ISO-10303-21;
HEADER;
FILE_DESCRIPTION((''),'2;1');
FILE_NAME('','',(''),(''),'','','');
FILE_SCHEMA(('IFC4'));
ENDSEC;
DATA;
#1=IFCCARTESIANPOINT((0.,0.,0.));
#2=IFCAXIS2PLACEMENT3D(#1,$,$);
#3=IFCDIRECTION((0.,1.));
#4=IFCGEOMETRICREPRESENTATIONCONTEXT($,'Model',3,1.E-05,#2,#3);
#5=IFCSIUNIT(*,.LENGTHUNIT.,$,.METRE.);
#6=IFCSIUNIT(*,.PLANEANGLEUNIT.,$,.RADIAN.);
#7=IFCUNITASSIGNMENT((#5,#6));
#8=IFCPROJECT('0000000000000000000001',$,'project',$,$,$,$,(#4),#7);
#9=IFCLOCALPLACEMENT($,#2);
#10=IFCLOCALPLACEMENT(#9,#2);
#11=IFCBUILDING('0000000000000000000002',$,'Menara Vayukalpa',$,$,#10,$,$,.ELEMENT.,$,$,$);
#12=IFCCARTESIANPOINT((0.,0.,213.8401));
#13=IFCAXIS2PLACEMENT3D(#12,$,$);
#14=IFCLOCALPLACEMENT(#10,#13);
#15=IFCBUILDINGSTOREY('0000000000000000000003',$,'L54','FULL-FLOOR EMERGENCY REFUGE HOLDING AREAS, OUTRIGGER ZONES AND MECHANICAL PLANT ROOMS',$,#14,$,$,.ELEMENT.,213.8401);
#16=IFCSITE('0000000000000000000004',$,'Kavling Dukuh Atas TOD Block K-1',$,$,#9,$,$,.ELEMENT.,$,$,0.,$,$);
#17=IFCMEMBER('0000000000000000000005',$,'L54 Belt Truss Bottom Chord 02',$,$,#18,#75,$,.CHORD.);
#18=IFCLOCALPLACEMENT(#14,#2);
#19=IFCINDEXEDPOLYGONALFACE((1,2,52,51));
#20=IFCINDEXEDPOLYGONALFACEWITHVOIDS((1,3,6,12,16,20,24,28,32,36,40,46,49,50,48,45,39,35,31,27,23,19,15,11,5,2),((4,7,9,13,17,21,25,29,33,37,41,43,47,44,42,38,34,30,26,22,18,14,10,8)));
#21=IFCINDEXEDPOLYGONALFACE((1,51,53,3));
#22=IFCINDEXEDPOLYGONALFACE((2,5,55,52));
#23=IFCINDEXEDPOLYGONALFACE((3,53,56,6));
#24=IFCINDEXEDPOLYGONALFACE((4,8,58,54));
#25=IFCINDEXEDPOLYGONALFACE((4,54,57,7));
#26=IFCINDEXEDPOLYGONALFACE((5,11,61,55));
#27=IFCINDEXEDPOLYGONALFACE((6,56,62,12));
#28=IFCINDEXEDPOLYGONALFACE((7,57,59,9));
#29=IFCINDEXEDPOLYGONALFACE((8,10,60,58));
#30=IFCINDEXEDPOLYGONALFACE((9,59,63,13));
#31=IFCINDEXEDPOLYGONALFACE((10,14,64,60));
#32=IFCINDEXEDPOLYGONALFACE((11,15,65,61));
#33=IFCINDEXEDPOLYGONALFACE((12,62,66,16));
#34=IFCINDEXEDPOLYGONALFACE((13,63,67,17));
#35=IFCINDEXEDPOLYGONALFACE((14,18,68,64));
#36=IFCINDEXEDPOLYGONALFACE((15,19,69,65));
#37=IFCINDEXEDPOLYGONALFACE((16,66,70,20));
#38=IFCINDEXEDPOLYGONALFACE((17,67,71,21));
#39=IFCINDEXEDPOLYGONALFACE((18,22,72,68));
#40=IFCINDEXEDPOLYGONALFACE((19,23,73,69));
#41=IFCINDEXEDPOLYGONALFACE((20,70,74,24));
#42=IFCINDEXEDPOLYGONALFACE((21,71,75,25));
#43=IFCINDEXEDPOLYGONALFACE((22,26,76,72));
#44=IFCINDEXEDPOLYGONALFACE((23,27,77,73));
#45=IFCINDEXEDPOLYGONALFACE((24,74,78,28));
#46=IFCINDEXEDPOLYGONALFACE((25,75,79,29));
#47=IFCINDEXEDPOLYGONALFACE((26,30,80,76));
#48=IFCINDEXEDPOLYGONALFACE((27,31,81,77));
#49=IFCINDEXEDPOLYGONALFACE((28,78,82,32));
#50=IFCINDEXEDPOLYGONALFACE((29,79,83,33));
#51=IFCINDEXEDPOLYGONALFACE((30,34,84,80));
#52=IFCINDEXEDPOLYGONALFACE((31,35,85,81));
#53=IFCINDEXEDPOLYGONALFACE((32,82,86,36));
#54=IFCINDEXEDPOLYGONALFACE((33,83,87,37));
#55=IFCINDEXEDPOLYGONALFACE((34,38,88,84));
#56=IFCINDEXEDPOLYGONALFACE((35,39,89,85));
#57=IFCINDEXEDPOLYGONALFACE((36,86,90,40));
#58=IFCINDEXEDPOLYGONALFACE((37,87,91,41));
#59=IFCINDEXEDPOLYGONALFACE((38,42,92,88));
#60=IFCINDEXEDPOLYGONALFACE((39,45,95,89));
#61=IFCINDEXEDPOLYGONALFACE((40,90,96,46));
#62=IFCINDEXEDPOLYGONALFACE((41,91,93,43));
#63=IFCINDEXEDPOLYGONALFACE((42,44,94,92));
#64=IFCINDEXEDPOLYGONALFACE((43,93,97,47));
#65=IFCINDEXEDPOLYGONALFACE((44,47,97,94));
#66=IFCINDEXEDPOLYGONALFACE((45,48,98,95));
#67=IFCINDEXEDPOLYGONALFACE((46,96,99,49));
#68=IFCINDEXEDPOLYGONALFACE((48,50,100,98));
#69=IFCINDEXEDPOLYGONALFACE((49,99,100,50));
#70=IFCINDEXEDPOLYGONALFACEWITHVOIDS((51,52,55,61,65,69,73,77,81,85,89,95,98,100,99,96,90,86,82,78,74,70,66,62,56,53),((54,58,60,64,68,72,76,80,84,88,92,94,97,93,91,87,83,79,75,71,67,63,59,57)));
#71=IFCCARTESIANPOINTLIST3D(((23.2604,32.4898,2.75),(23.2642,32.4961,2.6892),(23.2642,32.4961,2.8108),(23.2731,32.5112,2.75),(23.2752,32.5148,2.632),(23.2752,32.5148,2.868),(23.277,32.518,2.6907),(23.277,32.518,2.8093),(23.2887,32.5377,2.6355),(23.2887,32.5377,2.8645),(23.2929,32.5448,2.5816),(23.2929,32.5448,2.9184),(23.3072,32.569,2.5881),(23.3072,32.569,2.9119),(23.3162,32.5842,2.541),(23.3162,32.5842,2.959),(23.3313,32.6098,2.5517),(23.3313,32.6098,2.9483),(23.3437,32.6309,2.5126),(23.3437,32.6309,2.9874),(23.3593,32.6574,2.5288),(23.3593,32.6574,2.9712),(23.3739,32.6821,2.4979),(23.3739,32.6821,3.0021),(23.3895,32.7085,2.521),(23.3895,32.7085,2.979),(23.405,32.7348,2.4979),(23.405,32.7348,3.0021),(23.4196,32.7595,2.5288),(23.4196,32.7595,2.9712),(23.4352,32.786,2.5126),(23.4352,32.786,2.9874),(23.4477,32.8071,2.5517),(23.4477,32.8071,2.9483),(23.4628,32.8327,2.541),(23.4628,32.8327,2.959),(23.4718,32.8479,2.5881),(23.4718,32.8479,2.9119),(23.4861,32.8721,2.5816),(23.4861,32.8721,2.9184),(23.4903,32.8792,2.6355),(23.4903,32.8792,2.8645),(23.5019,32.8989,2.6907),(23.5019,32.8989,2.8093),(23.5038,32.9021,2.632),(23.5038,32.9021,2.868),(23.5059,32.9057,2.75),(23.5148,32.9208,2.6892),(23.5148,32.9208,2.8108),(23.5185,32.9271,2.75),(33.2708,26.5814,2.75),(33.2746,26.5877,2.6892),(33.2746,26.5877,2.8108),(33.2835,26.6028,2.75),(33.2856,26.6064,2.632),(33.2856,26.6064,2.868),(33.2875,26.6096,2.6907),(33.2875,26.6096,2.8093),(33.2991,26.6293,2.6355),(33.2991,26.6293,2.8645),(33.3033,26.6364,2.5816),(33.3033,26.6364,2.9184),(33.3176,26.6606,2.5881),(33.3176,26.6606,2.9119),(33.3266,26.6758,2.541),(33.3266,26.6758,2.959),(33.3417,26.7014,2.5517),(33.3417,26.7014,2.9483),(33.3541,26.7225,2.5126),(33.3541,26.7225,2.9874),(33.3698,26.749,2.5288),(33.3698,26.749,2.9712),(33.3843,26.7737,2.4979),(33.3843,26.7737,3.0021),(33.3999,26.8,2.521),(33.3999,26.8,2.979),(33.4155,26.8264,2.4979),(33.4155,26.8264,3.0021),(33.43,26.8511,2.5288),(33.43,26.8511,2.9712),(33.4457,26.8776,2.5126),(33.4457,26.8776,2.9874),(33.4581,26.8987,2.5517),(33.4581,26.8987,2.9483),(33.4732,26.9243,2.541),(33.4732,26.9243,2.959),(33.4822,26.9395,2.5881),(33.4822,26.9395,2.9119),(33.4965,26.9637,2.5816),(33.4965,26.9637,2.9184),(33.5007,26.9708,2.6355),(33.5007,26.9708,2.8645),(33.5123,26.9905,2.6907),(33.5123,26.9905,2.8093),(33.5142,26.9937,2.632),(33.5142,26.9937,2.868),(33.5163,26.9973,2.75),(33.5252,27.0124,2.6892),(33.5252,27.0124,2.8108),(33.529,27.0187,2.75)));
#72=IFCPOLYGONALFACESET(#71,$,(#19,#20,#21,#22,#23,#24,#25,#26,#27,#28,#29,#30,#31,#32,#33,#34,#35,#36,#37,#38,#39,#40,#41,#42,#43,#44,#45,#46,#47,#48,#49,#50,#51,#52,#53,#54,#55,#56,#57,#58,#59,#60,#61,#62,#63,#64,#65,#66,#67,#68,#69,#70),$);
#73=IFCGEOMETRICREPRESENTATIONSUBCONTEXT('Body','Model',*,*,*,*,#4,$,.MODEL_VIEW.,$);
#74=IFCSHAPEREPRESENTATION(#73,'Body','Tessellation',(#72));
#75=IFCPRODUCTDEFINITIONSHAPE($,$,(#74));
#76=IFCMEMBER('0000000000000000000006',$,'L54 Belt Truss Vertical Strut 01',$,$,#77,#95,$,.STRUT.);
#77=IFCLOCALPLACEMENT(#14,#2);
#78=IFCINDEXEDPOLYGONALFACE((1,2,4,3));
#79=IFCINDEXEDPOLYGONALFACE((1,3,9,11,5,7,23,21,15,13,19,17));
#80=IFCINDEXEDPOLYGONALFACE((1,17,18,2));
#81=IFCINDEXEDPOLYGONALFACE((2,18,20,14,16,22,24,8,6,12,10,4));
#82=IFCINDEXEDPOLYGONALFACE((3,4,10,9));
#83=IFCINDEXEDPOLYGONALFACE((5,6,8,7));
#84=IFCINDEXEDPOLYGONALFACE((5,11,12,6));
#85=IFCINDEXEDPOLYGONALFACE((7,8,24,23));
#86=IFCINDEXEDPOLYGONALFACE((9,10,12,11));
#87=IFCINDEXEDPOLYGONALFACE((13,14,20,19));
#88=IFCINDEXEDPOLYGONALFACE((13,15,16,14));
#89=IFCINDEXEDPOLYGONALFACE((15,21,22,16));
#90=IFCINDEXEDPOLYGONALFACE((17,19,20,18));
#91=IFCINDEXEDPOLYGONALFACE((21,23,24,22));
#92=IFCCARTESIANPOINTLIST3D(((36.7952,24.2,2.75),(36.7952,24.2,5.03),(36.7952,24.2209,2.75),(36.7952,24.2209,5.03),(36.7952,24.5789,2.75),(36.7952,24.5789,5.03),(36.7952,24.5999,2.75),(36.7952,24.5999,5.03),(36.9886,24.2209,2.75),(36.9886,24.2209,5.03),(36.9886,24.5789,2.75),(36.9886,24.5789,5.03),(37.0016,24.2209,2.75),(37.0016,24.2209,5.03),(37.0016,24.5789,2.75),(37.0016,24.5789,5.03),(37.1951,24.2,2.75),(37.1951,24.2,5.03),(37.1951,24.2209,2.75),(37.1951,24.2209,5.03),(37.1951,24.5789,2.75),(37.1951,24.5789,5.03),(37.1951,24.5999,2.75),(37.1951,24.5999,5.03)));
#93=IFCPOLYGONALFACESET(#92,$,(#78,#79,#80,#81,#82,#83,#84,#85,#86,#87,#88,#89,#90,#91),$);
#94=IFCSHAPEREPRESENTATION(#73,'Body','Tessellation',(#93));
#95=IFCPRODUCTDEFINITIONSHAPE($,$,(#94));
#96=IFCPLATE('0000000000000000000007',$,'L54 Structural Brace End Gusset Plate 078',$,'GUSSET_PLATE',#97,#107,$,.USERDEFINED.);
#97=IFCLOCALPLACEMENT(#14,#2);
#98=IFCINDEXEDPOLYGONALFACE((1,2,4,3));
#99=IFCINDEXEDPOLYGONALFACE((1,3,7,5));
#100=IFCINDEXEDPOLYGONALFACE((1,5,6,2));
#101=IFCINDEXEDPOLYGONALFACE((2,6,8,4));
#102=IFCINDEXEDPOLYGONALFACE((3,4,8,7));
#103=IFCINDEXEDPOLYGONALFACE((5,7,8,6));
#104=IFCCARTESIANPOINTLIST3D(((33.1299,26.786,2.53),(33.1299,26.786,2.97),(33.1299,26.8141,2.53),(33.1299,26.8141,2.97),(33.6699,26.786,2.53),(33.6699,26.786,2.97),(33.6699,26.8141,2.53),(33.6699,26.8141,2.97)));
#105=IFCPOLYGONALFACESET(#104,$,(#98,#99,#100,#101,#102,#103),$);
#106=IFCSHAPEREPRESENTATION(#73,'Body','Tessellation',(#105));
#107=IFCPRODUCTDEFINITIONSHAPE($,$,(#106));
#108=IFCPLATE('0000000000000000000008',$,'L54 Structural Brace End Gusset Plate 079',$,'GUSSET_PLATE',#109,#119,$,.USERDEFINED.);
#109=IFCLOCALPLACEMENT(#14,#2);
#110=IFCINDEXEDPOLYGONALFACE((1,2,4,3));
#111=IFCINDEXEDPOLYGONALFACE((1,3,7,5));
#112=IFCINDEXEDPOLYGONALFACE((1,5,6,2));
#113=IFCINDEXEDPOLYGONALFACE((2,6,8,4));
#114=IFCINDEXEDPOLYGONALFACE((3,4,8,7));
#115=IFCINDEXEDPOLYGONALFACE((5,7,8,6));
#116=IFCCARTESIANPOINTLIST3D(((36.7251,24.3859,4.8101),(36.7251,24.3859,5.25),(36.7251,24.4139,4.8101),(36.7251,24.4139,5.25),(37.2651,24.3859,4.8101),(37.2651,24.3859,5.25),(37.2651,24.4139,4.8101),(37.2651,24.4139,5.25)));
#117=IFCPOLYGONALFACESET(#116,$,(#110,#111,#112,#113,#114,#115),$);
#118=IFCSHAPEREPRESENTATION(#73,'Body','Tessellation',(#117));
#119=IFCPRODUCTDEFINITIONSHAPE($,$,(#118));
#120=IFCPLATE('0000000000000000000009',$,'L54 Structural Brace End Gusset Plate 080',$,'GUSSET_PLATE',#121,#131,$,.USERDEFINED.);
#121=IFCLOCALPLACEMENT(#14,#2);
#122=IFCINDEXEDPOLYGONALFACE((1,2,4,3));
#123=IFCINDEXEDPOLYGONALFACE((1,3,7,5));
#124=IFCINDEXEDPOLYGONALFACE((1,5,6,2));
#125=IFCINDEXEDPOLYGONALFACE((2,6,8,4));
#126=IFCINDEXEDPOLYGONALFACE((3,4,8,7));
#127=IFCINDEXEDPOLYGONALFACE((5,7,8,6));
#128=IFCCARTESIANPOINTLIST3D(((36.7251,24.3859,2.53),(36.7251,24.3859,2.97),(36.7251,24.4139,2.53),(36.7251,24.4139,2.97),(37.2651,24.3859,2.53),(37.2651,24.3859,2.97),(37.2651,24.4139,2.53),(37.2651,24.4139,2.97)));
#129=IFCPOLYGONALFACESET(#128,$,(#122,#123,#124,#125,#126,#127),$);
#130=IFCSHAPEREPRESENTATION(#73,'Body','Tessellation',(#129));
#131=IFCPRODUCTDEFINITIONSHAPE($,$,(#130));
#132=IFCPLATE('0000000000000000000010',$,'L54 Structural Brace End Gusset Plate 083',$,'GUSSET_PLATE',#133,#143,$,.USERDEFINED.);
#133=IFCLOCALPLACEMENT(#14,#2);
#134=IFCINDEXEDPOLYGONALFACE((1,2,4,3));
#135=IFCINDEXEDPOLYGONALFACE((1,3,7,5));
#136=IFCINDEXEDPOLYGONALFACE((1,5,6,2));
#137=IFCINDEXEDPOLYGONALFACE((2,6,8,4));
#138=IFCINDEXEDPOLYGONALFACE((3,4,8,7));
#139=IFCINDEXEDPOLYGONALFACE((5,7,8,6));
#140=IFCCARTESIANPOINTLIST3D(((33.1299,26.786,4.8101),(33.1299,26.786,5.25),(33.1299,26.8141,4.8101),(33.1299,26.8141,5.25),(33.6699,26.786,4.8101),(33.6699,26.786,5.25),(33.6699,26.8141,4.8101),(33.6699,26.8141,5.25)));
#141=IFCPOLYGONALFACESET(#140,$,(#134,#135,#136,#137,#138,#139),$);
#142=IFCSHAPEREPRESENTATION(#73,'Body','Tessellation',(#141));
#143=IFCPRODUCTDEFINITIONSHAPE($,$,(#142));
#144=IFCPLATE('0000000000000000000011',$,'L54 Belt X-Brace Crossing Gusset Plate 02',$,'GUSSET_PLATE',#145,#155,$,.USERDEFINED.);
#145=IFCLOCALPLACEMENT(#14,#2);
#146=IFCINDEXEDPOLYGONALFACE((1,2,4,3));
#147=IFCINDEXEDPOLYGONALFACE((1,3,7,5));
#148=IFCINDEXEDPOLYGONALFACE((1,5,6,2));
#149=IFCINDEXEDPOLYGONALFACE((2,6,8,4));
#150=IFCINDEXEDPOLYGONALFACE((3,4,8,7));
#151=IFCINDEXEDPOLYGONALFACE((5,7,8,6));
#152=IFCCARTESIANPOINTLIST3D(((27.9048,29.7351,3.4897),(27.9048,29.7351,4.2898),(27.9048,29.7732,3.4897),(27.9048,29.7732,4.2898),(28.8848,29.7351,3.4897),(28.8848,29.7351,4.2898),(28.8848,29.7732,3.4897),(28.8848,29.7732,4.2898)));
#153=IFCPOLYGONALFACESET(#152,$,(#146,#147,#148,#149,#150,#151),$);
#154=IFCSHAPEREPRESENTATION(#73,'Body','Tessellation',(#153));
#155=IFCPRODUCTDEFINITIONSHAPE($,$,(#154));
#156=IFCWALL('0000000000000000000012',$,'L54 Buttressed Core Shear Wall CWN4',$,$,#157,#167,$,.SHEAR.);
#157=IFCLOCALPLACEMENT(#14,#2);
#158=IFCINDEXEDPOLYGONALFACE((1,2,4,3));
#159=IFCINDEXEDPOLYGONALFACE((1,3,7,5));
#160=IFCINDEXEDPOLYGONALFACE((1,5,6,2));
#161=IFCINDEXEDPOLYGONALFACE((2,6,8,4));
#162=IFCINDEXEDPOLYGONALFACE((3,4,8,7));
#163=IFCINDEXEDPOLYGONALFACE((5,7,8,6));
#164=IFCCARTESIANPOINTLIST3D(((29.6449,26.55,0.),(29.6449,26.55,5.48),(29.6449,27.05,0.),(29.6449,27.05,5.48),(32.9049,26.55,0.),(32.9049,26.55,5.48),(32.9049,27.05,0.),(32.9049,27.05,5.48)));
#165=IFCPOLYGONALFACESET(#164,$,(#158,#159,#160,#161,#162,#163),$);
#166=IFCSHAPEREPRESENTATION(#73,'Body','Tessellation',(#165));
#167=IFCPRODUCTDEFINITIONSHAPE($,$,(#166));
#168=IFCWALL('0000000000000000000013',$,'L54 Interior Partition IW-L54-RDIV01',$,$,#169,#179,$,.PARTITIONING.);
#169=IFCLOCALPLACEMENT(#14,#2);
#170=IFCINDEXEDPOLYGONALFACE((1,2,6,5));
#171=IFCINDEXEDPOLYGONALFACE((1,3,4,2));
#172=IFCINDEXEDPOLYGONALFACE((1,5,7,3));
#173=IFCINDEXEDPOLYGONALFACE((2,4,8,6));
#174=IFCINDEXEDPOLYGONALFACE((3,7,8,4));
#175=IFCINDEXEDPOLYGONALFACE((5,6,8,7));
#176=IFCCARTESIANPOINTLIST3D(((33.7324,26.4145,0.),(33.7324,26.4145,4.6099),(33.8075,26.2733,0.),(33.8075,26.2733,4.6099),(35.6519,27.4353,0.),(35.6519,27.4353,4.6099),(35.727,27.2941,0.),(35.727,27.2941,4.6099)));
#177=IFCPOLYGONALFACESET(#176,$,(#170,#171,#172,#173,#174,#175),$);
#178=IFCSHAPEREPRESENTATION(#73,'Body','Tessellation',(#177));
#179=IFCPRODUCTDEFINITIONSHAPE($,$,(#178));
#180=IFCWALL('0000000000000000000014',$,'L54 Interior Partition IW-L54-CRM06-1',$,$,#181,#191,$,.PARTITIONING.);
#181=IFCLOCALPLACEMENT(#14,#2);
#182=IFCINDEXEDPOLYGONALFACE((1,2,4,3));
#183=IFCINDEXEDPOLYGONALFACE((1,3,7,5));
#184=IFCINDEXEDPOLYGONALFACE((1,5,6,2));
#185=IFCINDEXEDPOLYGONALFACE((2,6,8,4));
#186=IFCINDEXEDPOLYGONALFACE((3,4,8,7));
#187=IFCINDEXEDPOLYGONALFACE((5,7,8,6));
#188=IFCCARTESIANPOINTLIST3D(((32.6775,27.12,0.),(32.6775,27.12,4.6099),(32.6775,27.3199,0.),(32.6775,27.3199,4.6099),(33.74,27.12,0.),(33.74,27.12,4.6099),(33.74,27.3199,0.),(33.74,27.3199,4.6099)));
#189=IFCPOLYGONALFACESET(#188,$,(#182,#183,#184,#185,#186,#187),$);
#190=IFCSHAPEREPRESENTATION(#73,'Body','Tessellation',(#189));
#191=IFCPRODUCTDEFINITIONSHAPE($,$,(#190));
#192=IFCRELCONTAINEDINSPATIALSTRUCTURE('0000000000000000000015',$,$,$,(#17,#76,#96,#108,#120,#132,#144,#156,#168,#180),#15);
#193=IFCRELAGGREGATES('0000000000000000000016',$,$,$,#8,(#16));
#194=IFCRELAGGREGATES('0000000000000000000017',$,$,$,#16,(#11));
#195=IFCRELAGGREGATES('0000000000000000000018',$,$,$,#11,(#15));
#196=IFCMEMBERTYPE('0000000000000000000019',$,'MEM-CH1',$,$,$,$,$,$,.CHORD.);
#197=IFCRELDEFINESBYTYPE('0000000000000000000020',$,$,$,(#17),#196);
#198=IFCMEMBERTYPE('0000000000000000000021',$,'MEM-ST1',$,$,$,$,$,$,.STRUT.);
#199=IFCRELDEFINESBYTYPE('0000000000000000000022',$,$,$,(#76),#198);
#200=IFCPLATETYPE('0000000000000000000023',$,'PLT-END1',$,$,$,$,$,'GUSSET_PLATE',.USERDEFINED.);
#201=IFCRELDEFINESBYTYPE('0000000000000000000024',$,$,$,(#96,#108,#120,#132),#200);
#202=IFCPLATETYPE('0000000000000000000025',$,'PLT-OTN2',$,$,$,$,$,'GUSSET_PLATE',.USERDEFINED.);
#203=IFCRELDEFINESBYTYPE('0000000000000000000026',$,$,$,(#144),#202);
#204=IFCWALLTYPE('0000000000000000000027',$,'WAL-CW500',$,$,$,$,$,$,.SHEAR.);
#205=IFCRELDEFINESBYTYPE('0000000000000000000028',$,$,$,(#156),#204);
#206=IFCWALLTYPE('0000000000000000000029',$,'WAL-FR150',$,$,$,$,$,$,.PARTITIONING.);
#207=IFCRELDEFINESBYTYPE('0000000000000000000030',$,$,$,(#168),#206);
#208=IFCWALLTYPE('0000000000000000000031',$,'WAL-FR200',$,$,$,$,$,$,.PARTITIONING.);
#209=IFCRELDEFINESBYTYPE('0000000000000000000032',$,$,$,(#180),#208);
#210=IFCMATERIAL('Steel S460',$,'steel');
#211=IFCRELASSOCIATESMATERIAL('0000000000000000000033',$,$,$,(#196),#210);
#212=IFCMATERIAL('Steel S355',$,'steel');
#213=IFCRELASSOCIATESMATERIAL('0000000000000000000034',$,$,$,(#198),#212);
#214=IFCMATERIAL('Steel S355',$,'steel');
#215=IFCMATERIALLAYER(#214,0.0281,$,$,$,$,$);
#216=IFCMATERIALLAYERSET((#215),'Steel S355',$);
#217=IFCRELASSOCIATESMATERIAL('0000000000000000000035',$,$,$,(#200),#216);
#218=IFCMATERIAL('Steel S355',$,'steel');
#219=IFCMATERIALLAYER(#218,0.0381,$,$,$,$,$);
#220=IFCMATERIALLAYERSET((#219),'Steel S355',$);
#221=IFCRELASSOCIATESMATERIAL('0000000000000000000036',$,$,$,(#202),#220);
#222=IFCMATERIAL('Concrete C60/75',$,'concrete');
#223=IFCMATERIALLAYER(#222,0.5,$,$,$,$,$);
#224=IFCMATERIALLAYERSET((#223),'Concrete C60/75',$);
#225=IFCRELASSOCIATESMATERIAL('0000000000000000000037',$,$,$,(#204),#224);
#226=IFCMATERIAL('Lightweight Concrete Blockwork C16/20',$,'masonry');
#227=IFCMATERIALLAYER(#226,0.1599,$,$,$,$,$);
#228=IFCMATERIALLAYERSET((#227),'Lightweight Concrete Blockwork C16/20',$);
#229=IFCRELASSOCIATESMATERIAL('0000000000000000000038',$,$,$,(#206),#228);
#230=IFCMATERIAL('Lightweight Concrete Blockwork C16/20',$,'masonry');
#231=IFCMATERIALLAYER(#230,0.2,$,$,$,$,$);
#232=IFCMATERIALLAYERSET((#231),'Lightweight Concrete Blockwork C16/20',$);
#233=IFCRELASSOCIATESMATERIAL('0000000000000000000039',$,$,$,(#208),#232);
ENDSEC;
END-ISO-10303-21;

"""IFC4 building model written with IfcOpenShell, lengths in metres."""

from ifc_helpers import new_model, si_unit, direction, frame, frame_2d, origin, origin_2d, place, context, subcontext, project, spatial, rectangle, hollow_circle, i_section, extrude, material, layer, layer_set, material_profile, profile_set, type_object, element, save


model = new_model("IFC4")

# Units and contexts
model_context = context("Model", 3, precision=1e-05, world=origin(), true_north=direction((0.0, 1.0)))
body_context = subcontext(model_context, "Body", "Model", "MODEL_VIEW")
ifc_project = project(units=[si_unit("LENGTHUNIT", "METRE"), si_unit("PLANEANGLEUNIT", "RADIAN")], contexts=[model_context])

# Site, building, storey
site_placement = place(None, origin())
site = spatial("IfcSite", under=ifc_project, at=site_placement, Name="Kavling Dukuh Atas TOD Block K-1", CompositionType="ELEMENT", RefElevation=0.0)
building_placement = place(site_placement, origin())
building = spatial("IfcBuilding", under=site, at=building_placement, Name="Menara Vayukalpa", CompositionType="ELEMENT")
storey_placement = place(building_placement, frame((0.0, 0.0, 213.8401)))
storey = spatial("IfcBuildingStorey", under=building, at=storey_placement, Name="L54", Description="FULL-FLOOR EMERGENCY REFUGE HOLDING AREAS, OUTRIGGER ZONES AND MECHANICAL PLANT ROOMS", CompositionType="ELEMENT", Elevation=213.8401)

# Members
ifc_material_1 = material(Name="Steel S460", Category="steel")
ifc_material_profile_1 = material_profile(ifc_material_1, hollow_circle(Radius=0.2539, WallThickness=0.0249, at=origin_2d()), Name="CHS 508.0x25")
ifc_profile_set_1 = profile_set([ifc_material_profile_1], Name="Steel S460")
member_type_1 = type_object("IfcMemberType", Name="MEM-CH1", PredefinedType="CHORD", material=ifc_profile_set_1)
member_1_placement = place(storey_placement, frame((33.3999, 26.8, 2.75), z_axis=(-0.861184, 0.508293, 0.0), x_axis=(-0.508293, -0.861184, 0.0)))
element("IfcMember", 1, at=member_1_placement, inside=storey, type_object=member_type_1, Name="L54 Belt Truss Bottom Chord 02", PredefinedType="CHORD", context=body_context, shape_type="SweptSolid", body=[
    extrude(hollow_circle(Radius=0.2539, WallThickness=0.0249, at=origin_2d()), origin(), (0.0, 0.0, 1.0), 11.624),
])
ifc_material_2 = material(Name="Steel S355", Category="steel")
ifc_material_profile_2 = material_profile(ifc_material_2, i_section(OverallWidth=0.3999, OverallDepth=0.3999, WebThickness=0.0129, FlangeThickness=0.021, at=origin_2d()), Name="H 400x400x13x21")
ifc_profile_set_2 = profile_set([ifc_material_profile_2], Name="Steel S355")
member_type_2 = type_object("IfcMemberType", Name="MEM-ST1", PredefinedType="STRUT", material=ifc_profile_set_2)
member_2_placement = place(storey_placement, frame((36.9951, 24.3999, 2.75), z_axis=(0.0, 0.0, 1.0), x_axis=(1.0, 0.0, 0.0)))
element("IfcMember", 2, at=member_2_placement, inside=storey, type_object=member_type_2, Name="L54 Belt Truss Vertical Strut 01", PredefinedType="STRUT", context=body_context, shape_type="SweptSolid", body=[
    extrude(i_section(OverallWidth=0.3999, OverallDepth=0.3999, WebThickness=0.0129, FlangeThickness=0.021, at=origin_2d()), origin(), (0.0, 0.0, 1.0), 2.28),
])

# Plates
ifc_material_3 = material(Name="Steel S355", Category="steel")
ifc_layer_1 = layer(ifc_material_3, 0.0281)
ifc_layer_set_1 = layer_set([ifc_layer_1], Name="Steel S355")
plate_type_1 = type_object("IfcPlateType", Name="PLT-END1", ElementType="GUSSET_PLATE", PredefinedType="USERDEFINED", material=ifc_layer_set_1)
for number, where, z_axis, x_axis, name in (
    (3, (33.3999, 26.8, 2.53), (0.0, 0.0, 1.0), (1.0, 0.0, 0.0), "L54 Structural Brace End Gusset Plate 078"),
    (4, (36.9951, 24.3999, 4.8101), (0.0, 0.0, 1.0), (1.0, 0.0, 0.0), "L54 Structural Brace End Gusset Plate 079"),
    (5, (36.9951, 24.3999, 2.53), (0.0, 0.0, 1.0), (1.0, 0.0, 0.0), "L54 Structural Brace End Gusset Plate 080"),
    (6, (33.3999, 26.8, 4.8101), (0.0, 0.0, 1.0), (1.0, 0.0, 0.0), "L54 Structural Brace End Gusset Plate 083"),
):
    element("IfcPlate", number, at=place(storey_placement, frame(where, z_axis=z_axis, x_axis=x_axis)), inside=storey, type_object=plate_type_1, Name=name, ObjectType="GUSSET_PLATE", PredefinedType="USERDEFINED", context=body_context, shape_type="SweptSolid", body=[
        extrude(rectangle(XDim=0.54, YDim=0.0281, at=origin_2d()), origin(), (0.0, 0.0, 1.0), 0.4399),
    ])
ifc_material_4 = material(Name="Steel S355", Category="steel")
ifc_layer_2 = layer(ifc_material_4, 0.0381)
ifc_layer_set_2 = layer_set([ifc_layer_2], Name="Steel S355")
plate_type_2 = type_object("IfcPlateType", Name="PLT-OTN2", ElementType="GUSSET_PLATE", PredefinedType="USERDEFINED", material=ifc_layer_set_2)
plate_placement = place(storey_placement, frame((28.3948, 29.7542, 3.4897), z_axis=(0.0, 0.0, 1.0), x_axis=(1.0, 0.0, 0.0)))
element("IfcPlate", 7, at=plate_placement, inside=storey, type_object=plate_type_2, Name="L54 Belt X-Brace Crossing Gusset Plate 02", ObjectType="GUSSET_PLATE", PredefinedType="USERDEFINED", context=body_context, shape_type="SweptSolid", body=[
    extrude(rectangle(XDim=0.98, YDim=0.0381, at=origin_2d()), origin(), (0.0, 0.0, 1.0), 0.8),
])

# Walls
ifc_material_5 = material(Name="Concrete C60/75", Category="concrete")
ifc_layer_3 = layer(ifc_material_5, 0.5)
ifc_layer_set_3 = layer_set([ifc_layer_3], Name="Concrete C60/75")
wall_type_1 = type_object("IfcWallType", Name="WAL-CW500", PredefinedType="SHEAR", material=ifc_layer_set_3)
wall_1_placement = place(storey_placement, frame((29.645, 26.8, 0.0), z_axis=(0.0, 0.0, 1.0), x_axis=(1.0, 0.0, 0.0)))
element("IfcWall", 8, at=wall_1_placement, inside=storey, type_object=wall_type_1, Name="L54 Buttressed Core Shear Wall CWN4", PredefinedType="SHEAR", context=body_context, shape_type="SweptSolid", body=[
    extrude(rectangle(XDim=3.26, YDim=0.5, at=frame_2d((1.6299, 0.0))), origin(), (0.0, 0.0, 1.0), 5.48),
])
ifc_material_6 = material(Name="Lightweight Concrete Blockwork C16/20", Category="masonry")
ifc_layer_4 = layer(ifc_material_6, 0.1599)
ifc_layer_set_4 = layer_set([ifc_layer_4], Name="Lightweight Concrete Blockwork C16/20")
wall_type_2 = type_object("IfcWallType", Name="WAL-FR150", PredefinedType="PARTITIONING", material=ifc_layer_set_4)
wall_2_placement = place(storey_placement, frame((33.77, 26.344, 0.0), z_axis=(0.0, 0.0, 1.0), x_axis=(0.882915, 0.469533, 0.0)))
element("IfcWall", 9, at=wall_2_placement, inside=storey, type_object=wall_type_2, Name="L54 Interior Partition IW-L54-RDIV01", PredefinedType="PARTITIONING", context=body_context, shape_type="SweptSolid", body=[
    extrude(rectangle(XDim=2.1741, YDim=0.1599, at=frame_2d((1.0869, 0.0))), origin(), (0.0, 0.0, 1.0), 4.6099),
])
ifc_material_7 = material(Name="Lightweight Concrete Blockwork C16/20", Category="masonry")
ifc_layer_5 = layer(ifc_material_7, 0.2)
ifc_layer_set_5 = layer_set([ifc_layer_5], Name="Lightweight Concrete Blockwork C16/20")
wall_type_3 = type_object("IfcWallType", Name="WAL-FR200", PredefinedType="PARTITIONING", material=ifc_layer_set_5)
wall_3_placement = place(storey_placement, frame((33.74, 27.22, 0.0), z_axis=(0.0, 0.0, 1.0), x_axis=(-1.0, 0.0, 0.0)))
element("IfcWall", 10, at=wall_3_placement, inside=storey, type_object=wall_type_3, Name="L54 Interior Partition IW-L54-CRM06-1", PredefinedType="PARTITIONING", context=body_context, shape_type="SweptSolid", body=[
    extrude(rectangle(XDim=1.0625, YDim=0.2, at=frame_2d((0.5312, 0.0))), origin(), (0.0, 0.0, 1.0), 4.6099),
])

save(model, "model.ifc")
